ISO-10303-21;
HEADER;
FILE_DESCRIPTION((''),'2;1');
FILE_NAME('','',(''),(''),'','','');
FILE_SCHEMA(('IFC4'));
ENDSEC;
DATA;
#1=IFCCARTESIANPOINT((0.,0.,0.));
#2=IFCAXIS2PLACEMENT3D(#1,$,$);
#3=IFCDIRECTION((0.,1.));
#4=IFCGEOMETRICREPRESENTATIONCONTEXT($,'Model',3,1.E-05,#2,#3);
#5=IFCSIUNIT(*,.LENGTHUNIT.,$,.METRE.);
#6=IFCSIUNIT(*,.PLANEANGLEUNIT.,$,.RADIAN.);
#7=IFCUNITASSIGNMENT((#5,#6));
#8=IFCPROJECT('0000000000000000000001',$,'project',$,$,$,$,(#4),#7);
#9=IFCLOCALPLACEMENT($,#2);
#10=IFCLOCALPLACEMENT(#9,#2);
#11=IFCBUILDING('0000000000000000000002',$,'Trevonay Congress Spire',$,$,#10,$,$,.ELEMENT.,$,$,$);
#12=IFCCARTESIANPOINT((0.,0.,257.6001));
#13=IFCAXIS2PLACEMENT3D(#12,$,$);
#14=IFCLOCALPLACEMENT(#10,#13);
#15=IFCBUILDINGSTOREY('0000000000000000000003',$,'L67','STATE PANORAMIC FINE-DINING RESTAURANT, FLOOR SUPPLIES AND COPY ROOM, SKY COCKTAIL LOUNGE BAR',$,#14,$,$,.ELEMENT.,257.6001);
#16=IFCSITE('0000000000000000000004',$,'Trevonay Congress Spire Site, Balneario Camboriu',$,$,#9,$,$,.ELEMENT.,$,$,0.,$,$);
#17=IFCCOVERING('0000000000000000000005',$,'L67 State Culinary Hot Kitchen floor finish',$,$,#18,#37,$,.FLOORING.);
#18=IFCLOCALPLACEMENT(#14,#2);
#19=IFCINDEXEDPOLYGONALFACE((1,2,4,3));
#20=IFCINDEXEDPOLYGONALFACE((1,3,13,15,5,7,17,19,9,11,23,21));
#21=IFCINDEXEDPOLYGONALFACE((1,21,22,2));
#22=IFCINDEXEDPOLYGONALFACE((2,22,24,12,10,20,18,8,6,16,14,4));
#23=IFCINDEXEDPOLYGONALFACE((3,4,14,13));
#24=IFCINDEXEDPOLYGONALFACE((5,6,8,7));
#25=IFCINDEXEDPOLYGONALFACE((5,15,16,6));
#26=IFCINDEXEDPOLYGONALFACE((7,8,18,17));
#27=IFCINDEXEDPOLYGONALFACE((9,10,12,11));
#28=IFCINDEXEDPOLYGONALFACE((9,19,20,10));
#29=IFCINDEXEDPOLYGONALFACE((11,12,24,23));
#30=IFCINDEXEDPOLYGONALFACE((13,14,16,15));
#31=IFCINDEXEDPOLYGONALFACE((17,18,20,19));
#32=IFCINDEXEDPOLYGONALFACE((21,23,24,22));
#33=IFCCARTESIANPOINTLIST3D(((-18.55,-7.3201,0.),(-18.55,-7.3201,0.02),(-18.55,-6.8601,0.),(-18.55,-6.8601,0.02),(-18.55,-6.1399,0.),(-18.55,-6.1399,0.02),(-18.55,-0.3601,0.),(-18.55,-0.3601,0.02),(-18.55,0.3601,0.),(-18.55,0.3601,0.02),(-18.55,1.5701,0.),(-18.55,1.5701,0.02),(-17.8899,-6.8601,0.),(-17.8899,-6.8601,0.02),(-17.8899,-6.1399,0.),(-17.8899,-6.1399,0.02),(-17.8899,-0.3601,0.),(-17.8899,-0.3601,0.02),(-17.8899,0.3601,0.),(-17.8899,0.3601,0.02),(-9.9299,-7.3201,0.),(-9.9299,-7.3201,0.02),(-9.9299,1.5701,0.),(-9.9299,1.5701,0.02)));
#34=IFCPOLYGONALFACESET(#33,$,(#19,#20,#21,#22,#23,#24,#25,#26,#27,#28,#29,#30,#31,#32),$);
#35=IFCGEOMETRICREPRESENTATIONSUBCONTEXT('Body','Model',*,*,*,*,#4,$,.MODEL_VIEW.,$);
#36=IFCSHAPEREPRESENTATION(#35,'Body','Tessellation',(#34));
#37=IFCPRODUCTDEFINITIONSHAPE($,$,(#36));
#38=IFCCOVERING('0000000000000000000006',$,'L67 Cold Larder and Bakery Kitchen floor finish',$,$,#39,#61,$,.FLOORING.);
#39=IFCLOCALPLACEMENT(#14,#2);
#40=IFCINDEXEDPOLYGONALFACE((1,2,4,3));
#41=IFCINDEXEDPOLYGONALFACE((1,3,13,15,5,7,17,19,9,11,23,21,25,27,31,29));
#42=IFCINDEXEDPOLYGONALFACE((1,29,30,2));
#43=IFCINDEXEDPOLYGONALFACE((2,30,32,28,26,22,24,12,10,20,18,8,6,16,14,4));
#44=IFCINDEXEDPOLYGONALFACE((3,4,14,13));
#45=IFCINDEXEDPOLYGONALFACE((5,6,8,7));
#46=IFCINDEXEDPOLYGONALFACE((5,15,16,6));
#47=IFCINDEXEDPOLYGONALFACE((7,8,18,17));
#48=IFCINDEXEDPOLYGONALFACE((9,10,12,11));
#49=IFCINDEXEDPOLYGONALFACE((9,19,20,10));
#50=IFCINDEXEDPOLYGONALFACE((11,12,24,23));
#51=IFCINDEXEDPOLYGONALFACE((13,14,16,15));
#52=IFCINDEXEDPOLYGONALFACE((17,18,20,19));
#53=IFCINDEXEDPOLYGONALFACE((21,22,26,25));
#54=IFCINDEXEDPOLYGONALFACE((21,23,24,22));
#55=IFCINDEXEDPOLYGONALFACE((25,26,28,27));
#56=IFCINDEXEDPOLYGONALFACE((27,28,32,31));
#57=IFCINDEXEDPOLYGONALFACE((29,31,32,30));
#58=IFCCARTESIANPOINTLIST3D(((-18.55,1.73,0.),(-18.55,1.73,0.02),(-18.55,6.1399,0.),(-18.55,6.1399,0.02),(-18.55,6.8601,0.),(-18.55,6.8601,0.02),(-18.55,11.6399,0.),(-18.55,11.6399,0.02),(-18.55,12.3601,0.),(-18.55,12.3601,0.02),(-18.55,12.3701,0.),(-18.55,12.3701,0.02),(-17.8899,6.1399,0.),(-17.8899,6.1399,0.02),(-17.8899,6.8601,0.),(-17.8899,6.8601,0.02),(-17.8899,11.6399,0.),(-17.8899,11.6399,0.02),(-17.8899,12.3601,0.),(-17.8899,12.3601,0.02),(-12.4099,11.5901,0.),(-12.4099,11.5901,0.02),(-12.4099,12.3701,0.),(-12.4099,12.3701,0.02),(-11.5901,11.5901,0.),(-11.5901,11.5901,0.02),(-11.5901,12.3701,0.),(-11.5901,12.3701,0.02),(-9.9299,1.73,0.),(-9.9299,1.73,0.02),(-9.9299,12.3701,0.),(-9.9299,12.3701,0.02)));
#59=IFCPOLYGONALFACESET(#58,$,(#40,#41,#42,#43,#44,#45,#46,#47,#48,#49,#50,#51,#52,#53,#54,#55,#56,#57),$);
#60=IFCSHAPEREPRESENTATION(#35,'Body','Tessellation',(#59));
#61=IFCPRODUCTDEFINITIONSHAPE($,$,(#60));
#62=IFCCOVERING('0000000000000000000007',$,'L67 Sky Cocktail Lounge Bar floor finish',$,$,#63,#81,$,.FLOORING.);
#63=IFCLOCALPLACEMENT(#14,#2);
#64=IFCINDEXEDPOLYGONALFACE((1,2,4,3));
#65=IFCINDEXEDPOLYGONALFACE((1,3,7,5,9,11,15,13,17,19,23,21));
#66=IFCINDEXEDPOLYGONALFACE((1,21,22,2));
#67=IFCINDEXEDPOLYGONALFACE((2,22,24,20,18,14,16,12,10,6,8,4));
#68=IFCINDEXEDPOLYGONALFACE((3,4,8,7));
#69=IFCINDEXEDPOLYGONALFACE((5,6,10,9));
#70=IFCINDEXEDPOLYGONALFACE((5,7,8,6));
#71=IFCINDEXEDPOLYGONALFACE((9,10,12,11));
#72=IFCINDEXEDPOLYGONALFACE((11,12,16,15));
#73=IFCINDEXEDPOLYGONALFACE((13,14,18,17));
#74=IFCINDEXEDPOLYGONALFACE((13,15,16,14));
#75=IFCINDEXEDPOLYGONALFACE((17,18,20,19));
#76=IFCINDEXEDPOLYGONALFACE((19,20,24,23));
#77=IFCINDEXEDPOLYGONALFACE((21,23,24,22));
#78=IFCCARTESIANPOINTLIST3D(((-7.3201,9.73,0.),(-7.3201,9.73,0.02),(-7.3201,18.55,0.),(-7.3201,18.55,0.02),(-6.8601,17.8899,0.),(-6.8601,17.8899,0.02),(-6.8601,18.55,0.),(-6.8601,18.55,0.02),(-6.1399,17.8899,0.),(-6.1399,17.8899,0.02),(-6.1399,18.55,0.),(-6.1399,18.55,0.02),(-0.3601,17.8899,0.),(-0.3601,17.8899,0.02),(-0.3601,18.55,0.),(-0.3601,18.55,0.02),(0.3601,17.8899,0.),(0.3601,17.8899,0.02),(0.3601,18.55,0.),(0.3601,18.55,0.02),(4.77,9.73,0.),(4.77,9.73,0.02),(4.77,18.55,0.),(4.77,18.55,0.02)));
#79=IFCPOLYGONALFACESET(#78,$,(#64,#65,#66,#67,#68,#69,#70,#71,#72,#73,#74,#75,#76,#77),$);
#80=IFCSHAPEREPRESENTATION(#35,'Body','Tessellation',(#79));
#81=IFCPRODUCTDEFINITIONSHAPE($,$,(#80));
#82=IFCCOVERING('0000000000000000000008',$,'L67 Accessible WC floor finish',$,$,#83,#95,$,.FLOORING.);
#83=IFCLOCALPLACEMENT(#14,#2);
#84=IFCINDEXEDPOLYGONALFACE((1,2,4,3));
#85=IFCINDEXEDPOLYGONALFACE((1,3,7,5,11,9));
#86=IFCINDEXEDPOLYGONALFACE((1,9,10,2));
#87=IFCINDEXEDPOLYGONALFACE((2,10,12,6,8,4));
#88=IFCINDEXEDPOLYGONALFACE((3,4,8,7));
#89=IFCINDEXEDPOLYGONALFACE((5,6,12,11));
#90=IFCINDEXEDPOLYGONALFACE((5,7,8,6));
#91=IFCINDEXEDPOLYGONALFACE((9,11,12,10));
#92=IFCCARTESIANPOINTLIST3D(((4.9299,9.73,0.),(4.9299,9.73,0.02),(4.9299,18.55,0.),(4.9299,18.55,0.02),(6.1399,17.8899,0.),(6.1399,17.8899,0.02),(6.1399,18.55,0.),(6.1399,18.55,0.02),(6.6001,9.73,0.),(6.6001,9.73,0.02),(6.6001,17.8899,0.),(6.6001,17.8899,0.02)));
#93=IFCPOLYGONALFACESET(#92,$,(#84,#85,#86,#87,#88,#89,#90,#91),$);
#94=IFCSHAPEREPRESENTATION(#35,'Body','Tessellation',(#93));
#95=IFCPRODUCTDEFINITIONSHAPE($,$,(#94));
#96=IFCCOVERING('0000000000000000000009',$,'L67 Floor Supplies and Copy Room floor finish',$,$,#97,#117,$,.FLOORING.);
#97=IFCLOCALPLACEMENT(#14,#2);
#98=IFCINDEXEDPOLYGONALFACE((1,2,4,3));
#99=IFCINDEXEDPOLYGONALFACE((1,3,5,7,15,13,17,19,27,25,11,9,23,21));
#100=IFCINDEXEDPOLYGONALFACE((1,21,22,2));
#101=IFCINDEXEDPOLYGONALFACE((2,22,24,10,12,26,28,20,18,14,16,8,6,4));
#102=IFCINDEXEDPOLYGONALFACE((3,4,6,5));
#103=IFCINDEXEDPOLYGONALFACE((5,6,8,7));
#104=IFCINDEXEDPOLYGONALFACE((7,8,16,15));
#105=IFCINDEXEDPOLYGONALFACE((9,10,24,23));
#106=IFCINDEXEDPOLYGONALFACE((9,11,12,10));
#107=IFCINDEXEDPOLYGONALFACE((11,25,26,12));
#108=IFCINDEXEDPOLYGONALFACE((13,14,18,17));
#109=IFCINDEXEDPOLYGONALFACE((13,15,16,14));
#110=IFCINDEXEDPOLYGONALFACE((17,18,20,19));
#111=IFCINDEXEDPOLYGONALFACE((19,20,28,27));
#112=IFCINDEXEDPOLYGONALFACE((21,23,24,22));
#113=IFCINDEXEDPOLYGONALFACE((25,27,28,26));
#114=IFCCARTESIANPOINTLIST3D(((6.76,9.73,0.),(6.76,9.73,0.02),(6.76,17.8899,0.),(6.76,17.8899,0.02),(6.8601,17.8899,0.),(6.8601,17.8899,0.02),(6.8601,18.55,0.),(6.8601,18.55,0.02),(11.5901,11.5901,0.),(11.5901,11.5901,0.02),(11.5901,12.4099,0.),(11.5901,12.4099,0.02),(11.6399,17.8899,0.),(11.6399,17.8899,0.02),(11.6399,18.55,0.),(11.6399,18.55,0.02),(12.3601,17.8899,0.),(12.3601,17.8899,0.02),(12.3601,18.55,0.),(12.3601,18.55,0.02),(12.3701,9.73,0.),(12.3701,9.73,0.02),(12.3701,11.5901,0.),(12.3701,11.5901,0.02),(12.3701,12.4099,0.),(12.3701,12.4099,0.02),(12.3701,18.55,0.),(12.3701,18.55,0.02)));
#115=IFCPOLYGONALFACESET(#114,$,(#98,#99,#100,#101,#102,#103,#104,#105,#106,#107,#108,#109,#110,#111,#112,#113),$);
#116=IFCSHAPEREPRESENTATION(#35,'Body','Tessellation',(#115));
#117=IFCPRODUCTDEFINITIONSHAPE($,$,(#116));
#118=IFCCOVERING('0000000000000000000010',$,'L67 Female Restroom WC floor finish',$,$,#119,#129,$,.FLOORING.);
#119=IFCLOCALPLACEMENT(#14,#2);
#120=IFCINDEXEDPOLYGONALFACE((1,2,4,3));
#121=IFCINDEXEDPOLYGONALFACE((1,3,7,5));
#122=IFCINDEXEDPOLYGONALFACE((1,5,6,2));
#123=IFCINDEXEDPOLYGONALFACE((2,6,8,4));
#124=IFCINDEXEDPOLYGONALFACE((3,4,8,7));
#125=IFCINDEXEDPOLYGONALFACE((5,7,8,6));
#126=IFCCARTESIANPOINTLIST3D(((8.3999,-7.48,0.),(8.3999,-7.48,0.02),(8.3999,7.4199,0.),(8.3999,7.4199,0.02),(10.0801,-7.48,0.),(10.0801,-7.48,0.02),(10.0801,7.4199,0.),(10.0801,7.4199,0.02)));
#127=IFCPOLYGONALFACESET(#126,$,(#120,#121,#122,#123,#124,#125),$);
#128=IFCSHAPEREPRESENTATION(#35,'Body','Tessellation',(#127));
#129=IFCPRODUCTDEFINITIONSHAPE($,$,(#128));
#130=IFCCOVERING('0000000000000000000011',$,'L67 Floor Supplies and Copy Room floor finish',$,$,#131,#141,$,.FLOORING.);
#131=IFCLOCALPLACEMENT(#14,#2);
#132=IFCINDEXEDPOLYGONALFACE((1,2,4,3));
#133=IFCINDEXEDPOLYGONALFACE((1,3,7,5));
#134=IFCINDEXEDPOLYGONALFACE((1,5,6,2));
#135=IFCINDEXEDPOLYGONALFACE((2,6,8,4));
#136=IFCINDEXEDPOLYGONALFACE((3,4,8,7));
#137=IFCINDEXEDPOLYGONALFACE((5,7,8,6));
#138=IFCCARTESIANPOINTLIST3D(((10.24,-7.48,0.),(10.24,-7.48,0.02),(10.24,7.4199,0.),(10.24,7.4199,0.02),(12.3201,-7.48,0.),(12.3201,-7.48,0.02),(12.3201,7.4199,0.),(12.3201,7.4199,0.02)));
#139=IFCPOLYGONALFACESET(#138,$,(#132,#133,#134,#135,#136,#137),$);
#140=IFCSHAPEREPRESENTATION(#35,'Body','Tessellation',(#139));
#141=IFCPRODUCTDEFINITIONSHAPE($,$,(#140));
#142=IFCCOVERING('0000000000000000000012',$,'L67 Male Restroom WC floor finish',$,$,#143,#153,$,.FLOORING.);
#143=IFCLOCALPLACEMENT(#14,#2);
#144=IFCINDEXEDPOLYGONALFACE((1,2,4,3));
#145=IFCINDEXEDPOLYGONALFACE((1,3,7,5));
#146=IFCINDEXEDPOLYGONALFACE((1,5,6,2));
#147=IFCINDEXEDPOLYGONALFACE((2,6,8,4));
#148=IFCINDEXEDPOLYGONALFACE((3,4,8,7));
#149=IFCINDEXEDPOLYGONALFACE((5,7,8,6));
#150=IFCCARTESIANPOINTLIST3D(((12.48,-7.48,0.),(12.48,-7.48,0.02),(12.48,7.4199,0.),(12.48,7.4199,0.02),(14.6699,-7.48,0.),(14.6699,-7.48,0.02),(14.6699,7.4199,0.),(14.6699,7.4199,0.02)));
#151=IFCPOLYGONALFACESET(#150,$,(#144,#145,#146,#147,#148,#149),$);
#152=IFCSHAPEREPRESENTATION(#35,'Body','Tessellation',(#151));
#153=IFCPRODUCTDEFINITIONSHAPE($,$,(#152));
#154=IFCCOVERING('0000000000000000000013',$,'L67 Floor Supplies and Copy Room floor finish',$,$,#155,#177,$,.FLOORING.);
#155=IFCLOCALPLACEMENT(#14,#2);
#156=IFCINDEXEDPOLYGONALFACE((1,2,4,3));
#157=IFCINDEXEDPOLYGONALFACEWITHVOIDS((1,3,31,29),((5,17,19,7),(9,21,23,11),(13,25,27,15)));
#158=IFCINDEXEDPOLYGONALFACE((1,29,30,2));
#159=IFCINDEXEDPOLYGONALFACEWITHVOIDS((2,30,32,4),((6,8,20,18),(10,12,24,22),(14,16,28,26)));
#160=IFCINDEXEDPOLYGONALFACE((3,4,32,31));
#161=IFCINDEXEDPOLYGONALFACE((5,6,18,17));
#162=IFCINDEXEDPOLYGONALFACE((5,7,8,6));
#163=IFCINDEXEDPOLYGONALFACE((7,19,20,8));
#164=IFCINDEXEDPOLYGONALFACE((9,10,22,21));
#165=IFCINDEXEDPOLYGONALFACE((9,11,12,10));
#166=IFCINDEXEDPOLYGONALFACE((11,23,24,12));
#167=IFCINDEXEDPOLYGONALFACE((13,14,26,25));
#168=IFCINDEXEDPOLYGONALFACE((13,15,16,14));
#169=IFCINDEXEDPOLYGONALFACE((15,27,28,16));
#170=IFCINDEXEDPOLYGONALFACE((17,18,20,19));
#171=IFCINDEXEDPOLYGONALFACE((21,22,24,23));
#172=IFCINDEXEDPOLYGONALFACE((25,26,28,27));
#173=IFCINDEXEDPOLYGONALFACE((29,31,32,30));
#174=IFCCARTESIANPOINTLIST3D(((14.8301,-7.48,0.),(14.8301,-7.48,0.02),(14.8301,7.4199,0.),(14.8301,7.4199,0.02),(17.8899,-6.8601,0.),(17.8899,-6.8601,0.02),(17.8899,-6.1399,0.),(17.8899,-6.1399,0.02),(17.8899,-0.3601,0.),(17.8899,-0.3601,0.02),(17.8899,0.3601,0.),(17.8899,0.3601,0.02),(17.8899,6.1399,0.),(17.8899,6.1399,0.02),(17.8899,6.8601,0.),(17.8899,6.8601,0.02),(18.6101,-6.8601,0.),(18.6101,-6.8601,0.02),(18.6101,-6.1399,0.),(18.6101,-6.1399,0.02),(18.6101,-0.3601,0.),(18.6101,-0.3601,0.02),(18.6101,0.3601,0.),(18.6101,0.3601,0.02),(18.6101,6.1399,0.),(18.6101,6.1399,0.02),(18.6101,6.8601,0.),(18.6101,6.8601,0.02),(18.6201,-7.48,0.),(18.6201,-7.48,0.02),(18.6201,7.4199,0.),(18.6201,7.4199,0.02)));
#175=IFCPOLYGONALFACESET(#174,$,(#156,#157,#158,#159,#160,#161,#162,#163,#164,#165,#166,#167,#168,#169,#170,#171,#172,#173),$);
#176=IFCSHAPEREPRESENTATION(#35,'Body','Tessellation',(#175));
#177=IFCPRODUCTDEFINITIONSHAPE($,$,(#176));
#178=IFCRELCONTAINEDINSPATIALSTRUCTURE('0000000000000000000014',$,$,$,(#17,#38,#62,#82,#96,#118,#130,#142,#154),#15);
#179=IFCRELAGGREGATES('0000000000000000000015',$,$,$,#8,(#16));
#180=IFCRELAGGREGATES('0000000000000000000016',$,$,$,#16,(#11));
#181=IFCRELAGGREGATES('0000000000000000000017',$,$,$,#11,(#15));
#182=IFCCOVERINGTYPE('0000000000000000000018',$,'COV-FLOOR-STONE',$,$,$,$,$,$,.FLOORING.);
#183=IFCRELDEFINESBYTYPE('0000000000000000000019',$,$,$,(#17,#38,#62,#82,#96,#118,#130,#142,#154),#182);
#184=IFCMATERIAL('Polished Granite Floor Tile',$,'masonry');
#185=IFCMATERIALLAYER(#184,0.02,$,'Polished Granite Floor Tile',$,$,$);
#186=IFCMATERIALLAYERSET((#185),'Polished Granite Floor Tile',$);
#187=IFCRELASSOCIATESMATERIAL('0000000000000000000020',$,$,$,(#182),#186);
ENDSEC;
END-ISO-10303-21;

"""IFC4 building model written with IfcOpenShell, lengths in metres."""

from ifc_helpers import new_model, si_unit, direction, frame, origin, place, context, subcontext, project, spatial, polyline, outline, extrude, material, layer, layer_set, type_object, element, save


model = new_model("IFC4")

# Units and contexts
model_context = context("Model", 3, precision=1e-05, world=origin(), true_north=direction((0.0, 1.0)))
body_context = subcontext(model_context, "Body", "Model", "MODEL_VIEW")
ifc_project = project(units=[si_unit("LENGTHUNIT", "METRE"), si_unit("PLANEANGLEUNIT", "RADIAN")], contexts=[model_context])

# Site, building, storey
site_placement = place(None, origin())
site = spatial("IfcSite", under=ifc_project, at=site_placement, Name="Trevonay Congress Spire Site, Balneario Camboriu", CompositionType="ELEMENT", RefElevation=0.0)
building_placement = place(site_placement, origin())
building = spatial("IfcBuilding", under=site, at=building_placement, Name="Trevonay Congress Spire", CompositionType="ELEMENT")
storey_placement = place(building_placement, frame((0.0, 0.0, 257.6001)))
storey = spatial("IfcBuildingStorey", under=building, at=storey_placement, Name="L67", Description="STATE PANORAMIC FINE-DINING RESTAURANT, FLOOR SUPPLIES AND COPY ROOM, SKY COCKTAIL LOUNGE BAR", CompositionType="ELEMENT", Elevation=257.6001)

# Coverings
ifc_material_1 = material(Name="Polished Granite Floor Tile", Category="masonry")
ifc_layer_1 = layer(ifc_material_1, 0.02, Name="Polished Granite Floor Tile")
ifc_layer_set_1 = layer_set([ifc_layer_1], Name="Polished Granite Floor Tile")
covering_type_1 = type_object("IfcCoveringType", Name="COV-FLOOR-STONE", PredefinedType="FLOORING", material=ifc_layer_set_1)
covering_1_placement = place(storey_placement, origin())
element("IfcCovering", 1, at=covering_1_placement, inside=storey, type_object=covering_type_1, Name="L67 State Culinary Hot Kitchen floor finish", PredefinedType="FLOORING", context=body_context, shape_type="SweptSolid", body=[
    extrude(outline(polyline([(-18.55, 1.5701), (-9.9299, 1.5701), (-9.9299, -7.3201), (-18.55, -7.3201), (-18.55, -6.8601), (-17.8899, -6.8601), (-17.8899, -6.1399), (-18.55, -6.1399), (-18.55, -0.3601), (-17.8899, -0.3601), (-17.8899, 0.3601), (-18.55, 0.3601), (-18.55, 1.5701)])), origin(), (0.0, 0.0, 1.0), 0.02),
])
covering_2_placement = place(storey_placement, origin())
element("IfcCovering", 2, at=covering_2_placement, inside=storey, type_object=covering_type_1, Name="L67 Cold Larder and Bakery Kitchen floor finish", PredefinedType="FLOORING", context=body_context, shape_type="SweptSolid", body=[
    extrude(outline(polyline([(-9.9299, 12.3701), (-9.9299, 1.73), (-18.55, 1.73), (-18.55, 6.1399), (-17.8899, 6.1399), (-17.8899, 6.8601), (-18.55, 6.8601), (-18.55, 11.6399), (-17.8899, 11.6399), (-17.8899, 12.3601), (-18.55, 12.3601), (-18.55, 12.3701), (-12.4099, 12.3701), (-12.4099, 11.5901), (-11.5901, 11.5901), (-11.5901, 12.3701), (-9.9299, 12.3701)])), origin(), (0.0, 0.0, 1.0), 0.02),
])
covering_3_placement = place(storey_placement, origin())
element("IfcCovering", 3, at=covering_3_placement, inside=storey, type_object=covering_type_1, Name="L67 Sky Cocktail Lounge Bar floor finish", PredefinedType="FLOORING", context=body_context, shape_type="SweptSolid", body=[
    extrude(outline(polyline([(4.77, 18.55), (4.77, 9.73), (-7.3201, 9.73), (-7.3201, 18.55), (-6.8601, 18.55), (-6.8601, 17.8899), (-6.1399, 17.8899), (-6.1399, 18.55), (-0.3601, 18.55), (-0.3601, 17.8899), (0.3601, 17.8899), (0.3601, 18.55), (4.77, 18.55)])), origin(), (0.0, 0.0, 1.0), 0.02),
])
covering_4_placement = place(storey_placement, origin())
element("IfcCovering", 4, at=covering_4_placement, inside=storey, type_object=covering_type_1, Name="L67 Accessible WC floor finish", PredefinedType="FLOORING", context=body_context, shape_type="SweptSolid", body=[
    extrude(outline(polyline([(6.6001, 9.73), (4.9299, 9.73), (4.9299, 18.55), (6.1399, 18.55), (6.1399, 17.8899), (6.6001, 17.8899), (6.6001, 9.73)])), origin(), (0.0, 0.0, 1.0), 0.02),
])
covering_5_placement = place(storey_placement, origin())
element("IfcCovering", 5, at=covering_5_placement, inside=storey, type_object=covering_type_1, Name="L67 Floor Supplies and Copy Room floor finish", PredefinedType="FLOORING", context=body_context, shape_type="SweptSolid", body=[
    extrude(outline(polyline([(12.3701, 9.73), (6.76, 9.73), (6.76, 17.8899), (6.8601, 17.8899), (6.8601, 18.55), (11.6399, 18.55), (11.6399, 17.8899), (12.3601, 17.8899), (12.3601, 18.55), (12.3701, 18.55), (12.3701, 12.4099), (11.5901, 12.4099), (11.5901, 11.5901), (12.3701, 11.5901), (12.3701, 9.73)])), origin(), (0.0, 0.0, 1.0), 0.02),
])
covering_6_placement = place(storey_placement, origin())
element("IfcCovering", 6, at=covering_6_placement, inside=storey, type_object=covering_type_1, Name="L67 Female Restroom WC floor finish", PredefinedType="FLOORING", context=body_context, shape_type="SweptSolid", body=[
    extrude(outline(polyline([(8.3999, -7.48), (10.0801, -7.48), (10.0801, 7.4199), (8.3999, 7.4199), (8.3999, -7.48)])), origin(), (0.0, 0.0, 1.0), 0.02),
])
covering_7_placement = place(storey_placement, origin())
element("IfcCovering", 7, at=covering_7_placement, inside=storey, type_object=covering_type_1, Name="L67 Floor Supplies and Copy Room floor finish", PredefinedType="FLOORING", context=body_context, shape_type="SweptSolid", body=[
    extrude(outline(polyline([(10.24, -7.48), (12.3201, -7.48), (12.3201, 7.4199), (10.24, 7.4199), (10.24, -7.48)])), origin(), (0.0, 0.0, 1.0), 0.02),
])
covering_8_placement = place(storey_placement, origin())
element("IfcCovering", 8, at=covering_8_placement, inside=storey, type_object=covering_type_1, Name="L67 Male Restroom WC floor finish", PredefinedType="FLOORING", context=body_context, shape_type="SweptSolid", body=[
    extrude(outline(polyline([(12.48, -7.48), (14.6699, -7.48), (14.6699, 7.4199), (12.48, 7.4199), (12.48, -7.48)])), origin(), (0.0, 0.0, 1.0), 0.02),
])
covering_9_placement = place(storey_placement, origin())
element("IfcCovering", 9, at=covering_9_placement, inside=storey, type_object=covering_type_1, Name="L67 Floor Supplies and Copy Room floor finish", PredefinedType="FLOORING", context=body_context, shape_type="SweptSolid", body=[
    extrude(outline(polyline([(14.8301, 7.4199), (18.6201, 7.4199), (18.6201, -7.48), (14.8301, -7.48), (14.8301, 7.4199)]), holes=[polyline([(17.8899, -6.8601), (18.6101, -6.8601), (18.6101, -6.1399), (17.8899, -6.1399), (17.8899, -6.8601)]), polyline([(17.8899, 0.3601), (17.8899, -0.3601), (18.6101, -0.3601), (18.6101, 0.3601), (17.8899, 0.3601)]), polyline([(17.8899, 6.8601), (17.8899, 6.1399), (18.6101, 6.1399), (18.6101, 6.8601), (17.8899, 6.8601)])]), origin(), (0.0, 0.0, 1.0), 0.02),
])

save(model, "model.ifc")
